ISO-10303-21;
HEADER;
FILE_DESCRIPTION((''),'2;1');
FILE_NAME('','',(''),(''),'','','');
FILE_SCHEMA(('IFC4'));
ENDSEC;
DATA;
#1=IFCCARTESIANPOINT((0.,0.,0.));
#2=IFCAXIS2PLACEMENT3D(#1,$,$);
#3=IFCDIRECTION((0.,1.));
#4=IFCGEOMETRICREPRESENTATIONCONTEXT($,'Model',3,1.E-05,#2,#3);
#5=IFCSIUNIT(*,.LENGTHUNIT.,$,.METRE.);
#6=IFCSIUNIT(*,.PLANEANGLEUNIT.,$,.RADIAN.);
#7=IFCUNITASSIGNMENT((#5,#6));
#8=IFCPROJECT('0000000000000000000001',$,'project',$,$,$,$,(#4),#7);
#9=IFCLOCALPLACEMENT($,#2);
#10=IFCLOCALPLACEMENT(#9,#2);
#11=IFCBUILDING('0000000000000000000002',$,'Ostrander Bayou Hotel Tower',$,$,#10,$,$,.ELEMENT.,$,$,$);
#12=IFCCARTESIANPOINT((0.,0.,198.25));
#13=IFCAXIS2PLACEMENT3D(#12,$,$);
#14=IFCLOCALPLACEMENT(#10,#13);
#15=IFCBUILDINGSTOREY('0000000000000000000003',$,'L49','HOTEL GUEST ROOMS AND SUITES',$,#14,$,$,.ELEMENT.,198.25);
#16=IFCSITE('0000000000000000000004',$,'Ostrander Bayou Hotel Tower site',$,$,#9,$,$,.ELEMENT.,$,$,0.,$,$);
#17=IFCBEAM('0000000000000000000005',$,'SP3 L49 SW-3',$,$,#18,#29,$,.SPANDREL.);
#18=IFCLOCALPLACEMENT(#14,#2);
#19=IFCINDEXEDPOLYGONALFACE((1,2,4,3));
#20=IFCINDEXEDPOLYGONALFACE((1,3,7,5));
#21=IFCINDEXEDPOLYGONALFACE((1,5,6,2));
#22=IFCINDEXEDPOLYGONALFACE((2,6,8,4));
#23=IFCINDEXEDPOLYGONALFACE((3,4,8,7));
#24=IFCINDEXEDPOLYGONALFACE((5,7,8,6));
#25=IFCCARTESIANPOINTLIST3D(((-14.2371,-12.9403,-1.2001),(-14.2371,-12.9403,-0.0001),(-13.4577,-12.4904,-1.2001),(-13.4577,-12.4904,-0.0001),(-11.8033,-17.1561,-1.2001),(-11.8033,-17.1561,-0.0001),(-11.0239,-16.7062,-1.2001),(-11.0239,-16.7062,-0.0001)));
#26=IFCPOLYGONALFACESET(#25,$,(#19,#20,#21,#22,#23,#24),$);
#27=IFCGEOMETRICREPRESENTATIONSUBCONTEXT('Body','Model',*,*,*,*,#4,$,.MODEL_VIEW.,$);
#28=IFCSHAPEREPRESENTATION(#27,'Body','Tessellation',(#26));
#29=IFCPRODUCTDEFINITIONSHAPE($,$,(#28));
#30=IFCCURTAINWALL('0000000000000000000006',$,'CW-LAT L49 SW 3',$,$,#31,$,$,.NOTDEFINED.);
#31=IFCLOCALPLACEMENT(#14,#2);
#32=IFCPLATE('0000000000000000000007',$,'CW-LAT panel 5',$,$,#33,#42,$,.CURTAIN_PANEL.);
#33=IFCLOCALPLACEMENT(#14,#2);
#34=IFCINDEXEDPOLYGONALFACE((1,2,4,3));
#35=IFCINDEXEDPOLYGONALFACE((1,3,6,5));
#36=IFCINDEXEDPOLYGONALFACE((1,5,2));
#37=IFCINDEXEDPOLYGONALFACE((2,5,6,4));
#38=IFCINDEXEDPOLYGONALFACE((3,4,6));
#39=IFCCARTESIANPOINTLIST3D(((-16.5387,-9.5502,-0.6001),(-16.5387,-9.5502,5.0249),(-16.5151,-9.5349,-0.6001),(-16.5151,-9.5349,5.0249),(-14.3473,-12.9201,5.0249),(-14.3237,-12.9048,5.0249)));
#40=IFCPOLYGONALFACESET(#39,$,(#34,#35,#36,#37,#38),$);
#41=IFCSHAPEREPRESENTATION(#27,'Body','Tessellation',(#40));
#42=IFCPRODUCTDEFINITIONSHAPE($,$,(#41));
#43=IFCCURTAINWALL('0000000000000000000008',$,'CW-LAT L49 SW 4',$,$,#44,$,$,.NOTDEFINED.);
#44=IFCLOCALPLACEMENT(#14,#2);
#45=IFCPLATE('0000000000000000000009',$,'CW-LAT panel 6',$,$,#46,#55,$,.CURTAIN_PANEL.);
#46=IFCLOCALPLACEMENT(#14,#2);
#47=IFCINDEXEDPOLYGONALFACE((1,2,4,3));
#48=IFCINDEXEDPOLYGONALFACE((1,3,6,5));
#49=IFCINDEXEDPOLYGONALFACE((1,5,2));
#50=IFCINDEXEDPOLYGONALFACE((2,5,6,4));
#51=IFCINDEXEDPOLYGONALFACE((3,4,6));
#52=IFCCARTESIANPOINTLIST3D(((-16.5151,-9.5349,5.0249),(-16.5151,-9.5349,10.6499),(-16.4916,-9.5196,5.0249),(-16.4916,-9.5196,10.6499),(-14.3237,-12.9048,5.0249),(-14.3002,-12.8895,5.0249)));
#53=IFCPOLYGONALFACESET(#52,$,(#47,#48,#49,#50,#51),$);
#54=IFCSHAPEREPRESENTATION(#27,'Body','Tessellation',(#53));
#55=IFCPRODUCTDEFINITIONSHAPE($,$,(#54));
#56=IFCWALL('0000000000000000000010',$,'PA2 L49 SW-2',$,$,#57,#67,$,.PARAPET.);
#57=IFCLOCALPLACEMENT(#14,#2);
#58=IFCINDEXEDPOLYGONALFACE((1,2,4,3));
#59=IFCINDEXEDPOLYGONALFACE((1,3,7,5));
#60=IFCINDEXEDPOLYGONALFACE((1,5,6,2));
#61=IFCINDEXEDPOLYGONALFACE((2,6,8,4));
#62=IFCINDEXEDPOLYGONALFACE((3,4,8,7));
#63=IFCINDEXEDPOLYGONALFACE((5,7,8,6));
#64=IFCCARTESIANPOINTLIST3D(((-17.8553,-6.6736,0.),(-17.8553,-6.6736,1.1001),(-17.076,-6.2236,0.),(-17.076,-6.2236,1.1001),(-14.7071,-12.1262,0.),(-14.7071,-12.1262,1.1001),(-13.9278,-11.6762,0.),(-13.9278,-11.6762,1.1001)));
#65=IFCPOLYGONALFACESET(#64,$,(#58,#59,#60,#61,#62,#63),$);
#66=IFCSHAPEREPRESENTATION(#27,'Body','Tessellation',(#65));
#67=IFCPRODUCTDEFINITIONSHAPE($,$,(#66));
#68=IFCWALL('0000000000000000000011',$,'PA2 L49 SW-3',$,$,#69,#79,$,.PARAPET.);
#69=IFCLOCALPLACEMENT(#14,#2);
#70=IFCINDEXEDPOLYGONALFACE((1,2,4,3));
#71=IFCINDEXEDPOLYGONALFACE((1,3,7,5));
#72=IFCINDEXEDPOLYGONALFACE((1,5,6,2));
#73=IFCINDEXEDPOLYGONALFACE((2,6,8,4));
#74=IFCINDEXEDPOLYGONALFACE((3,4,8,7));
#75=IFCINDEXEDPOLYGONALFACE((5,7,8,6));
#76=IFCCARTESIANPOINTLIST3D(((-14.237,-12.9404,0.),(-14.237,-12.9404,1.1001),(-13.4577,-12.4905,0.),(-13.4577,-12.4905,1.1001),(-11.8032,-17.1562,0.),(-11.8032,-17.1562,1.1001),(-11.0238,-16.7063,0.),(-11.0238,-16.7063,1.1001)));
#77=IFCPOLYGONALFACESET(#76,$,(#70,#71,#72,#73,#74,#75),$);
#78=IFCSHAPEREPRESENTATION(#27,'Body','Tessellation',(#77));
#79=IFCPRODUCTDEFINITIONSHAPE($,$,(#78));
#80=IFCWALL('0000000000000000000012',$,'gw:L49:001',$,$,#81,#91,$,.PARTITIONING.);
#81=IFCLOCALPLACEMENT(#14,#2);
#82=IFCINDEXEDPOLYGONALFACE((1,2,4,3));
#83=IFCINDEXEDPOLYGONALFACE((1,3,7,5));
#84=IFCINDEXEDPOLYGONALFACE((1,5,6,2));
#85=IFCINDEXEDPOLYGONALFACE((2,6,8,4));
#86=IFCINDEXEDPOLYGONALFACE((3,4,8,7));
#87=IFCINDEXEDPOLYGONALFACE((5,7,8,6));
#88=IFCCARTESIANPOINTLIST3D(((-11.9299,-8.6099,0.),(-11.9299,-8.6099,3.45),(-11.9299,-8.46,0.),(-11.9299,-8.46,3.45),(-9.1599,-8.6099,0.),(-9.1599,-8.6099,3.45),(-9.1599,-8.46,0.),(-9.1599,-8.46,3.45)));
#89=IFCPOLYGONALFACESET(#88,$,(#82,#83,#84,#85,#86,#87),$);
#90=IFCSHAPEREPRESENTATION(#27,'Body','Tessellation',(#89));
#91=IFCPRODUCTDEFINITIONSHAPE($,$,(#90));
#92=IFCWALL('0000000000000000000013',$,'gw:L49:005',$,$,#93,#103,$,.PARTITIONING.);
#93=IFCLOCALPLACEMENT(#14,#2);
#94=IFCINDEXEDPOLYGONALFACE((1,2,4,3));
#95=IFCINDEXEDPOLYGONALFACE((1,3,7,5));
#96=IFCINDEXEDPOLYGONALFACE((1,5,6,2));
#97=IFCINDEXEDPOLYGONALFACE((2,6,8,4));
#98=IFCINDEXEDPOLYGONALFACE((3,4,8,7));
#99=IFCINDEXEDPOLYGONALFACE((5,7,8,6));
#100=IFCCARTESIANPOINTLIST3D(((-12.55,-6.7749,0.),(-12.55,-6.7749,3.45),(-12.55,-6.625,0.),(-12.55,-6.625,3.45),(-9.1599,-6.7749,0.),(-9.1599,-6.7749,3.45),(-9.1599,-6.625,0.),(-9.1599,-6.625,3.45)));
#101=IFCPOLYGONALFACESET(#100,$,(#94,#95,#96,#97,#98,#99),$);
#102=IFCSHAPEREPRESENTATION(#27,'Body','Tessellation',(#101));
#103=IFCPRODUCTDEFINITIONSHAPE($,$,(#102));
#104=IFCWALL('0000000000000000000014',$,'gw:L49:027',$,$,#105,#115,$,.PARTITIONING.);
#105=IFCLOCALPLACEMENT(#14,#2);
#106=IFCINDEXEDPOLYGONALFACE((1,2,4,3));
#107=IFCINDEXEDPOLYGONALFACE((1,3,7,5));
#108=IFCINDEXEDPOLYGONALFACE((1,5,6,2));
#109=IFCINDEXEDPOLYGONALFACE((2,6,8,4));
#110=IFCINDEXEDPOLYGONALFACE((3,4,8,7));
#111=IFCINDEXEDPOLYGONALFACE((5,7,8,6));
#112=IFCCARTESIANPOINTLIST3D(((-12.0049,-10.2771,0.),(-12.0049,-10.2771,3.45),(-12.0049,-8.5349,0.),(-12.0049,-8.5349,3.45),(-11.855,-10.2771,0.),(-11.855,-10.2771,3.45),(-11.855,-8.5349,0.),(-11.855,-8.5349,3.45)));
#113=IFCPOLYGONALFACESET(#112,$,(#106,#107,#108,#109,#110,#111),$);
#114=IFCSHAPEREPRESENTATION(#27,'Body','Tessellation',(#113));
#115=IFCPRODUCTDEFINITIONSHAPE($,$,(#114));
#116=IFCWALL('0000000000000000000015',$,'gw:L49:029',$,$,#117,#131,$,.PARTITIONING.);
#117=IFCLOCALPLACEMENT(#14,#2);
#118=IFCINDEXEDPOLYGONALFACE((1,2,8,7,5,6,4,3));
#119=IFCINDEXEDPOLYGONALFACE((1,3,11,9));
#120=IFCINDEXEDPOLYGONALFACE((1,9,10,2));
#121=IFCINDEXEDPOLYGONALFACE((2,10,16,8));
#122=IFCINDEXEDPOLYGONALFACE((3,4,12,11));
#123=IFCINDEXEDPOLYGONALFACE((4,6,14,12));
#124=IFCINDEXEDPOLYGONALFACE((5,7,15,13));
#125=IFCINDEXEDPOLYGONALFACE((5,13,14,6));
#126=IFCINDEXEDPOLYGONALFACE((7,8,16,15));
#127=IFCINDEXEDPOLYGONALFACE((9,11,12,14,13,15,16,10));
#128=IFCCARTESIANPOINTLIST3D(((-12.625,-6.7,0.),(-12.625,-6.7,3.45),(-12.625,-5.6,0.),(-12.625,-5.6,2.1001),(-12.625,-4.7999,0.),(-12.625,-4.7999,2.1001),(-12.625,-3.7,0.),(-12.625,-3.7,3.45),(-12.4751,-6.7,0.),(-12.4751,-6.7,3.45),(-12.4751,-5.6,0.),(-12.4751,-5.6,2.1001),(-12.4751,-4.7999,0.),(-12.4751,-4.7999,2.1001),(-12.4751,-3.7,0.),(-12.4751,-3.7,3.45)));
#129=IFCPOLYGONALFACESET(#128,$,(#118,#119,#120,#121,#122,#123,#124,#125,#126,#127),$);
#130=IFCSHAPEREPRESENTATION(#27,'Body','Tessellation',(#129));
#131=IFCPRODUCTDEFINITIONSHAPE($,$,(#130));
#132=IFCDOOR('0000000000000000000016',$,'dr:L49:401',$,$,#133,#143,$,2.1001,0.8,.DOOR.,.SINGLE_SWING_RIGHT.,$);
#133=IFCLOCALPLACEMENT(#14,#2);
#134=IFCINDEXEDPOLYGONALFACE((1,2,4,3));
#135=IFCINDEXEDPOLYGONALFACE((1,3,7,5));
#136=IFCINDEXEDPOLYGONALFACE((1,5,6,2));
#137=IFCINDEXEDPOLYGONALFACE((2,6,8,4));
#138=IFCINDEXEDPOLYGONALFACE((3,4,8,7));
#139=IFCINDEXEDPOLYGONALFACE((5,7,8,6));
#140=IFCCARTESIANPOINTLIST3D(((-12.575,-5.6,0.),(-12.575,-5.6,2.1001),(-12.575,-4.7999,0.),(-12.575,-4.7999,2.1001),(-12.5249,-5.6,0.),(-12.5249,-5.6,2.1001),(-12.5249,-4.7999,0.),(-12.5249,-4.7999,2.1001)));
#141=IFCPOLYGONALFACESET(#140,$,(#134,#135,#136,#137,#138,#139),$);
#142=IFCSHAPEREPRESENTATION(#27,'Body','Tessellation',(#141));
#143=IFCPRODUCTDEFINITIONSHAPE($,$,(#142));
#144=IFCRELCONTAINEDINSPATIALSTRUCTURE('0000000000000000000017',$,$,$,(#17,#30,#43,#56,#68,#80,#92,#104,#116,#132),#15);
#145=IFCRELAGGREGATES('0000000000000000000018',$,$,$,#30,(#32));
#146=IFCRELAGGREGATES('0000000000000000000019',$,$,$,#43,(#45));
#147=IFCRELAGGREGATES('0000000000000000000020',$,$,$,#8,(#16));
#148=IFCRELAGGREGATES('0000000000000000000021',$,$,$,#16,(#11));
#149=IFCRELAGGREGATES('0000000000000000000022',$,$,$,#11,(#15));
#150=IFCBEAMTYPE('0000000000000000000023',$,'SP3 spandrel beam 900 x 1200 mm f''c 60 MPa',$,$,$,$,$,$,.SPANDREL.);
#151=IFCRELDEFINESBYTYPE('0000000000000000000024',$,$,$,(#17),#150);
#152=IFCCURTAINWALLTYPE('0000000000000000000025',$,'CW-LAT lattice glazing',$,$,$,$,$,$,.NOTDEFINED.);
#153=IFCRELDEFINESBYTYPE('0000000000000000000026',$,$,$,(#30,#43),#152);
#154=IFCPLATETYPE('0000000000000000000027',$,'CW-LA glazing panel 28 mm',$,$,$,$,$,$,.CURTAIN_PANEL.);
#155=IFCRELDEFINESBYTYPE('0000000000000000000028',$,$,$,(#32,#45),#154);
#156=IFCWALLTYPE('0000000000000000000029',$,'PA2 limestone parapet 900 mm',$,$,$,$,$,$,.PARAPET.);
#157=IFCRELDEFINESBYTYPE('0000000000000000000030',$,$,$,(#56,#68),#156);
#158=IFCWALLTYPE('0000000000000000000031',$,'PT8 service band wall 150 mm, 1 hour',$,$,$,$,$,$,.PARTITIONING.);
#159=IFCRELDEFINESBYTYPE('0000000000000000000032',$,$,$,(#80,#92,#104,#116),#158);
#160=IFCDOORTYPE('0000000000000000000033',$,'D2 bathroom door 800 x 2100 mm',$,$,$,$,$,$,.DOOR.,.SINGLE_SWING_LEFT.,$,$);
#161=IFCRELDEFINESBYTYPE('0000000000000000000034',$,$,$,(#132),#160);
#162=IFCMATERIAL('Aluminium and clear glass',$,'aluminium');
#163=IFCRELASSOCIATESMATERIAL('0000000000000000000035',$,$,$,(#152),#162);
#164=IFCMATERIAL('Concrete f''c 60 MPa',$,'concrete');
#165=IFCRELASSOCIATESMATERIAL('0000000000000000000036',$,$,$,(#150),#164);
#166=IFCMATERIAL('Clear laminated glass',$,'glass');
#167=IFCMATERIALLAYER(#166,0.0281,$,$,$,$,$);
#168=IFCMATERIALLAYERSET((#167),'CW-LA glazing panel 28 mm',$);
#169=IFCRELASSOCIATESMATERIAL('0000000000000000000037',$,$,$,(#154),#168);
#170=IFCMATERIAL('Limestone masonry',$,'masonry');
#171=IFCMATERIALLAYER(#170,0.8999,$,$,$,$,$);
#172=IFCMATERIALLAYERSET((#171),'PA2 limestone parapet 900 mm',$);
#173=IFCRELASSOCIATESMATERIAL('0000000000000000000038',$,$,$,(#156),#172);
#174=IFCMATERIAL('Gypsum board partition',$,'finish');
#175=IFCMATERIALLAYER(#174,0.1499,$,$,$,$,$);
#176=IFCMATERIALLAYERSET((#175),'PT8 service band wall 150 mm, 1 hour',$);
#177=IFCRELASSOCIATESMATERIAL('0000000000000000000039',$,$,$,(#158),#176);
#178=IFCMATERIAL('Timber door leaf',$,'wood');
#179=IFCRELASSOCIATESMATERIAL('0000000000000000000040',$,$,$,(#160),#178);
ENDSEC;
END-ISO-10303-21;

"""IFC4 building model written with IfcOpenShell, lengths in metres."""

from ifc_helpers import new_model, si_unit, direction, frame, frame_2d, origin, origin_2d, place, context, subcontext, project, spatial, polyline, rectangle, outline, extrude, material, layer, layer_set, material_profile, profile_set, type_object, element, fill, aggregate, save


model = new_model("IFC4")

# Units and contexts
model_context = context("Model", 3, precision=1e-05, world=origin(), true_north=direction((0.0, 1.0)))
body_context = subcontext(model_context, "Body", "Model", "MODEL_VIEW")
ifc_project = project(units=[si_unit("LENGTHUNIT", "METRE"), si_unit("PLANEANGLEUNIT", "RADIAN")], contexts=[model_context])

# Site, building, storey
site_placement = place(None, origin())
site = spatial("IfcSite", under=ifc_project, at=site_placement, Name="Ostrander Bayou Hotel Tower site", CompositionType="ELEMENT", RefElevation=0.0)
building_placement = place(site_placement, origin())
building = spatial("IfcBuilding", under=site, at=building_placement, Name="Ostrander Bayou Hotel Tower", CompositionType="ELEMENT")
storey_placement = place(building_placement, frame((0.0, 0.0, 198.25)))
storey = spatial("IfcBuildingStorey", under=building, at=storey_placement, Name="L49", Description="HOTEL GUEST ROOMS AND SUITES", CompositionType="ELEMENT", Elevation=198.25)

# Shared definitions
ifc_material_1 = material(Name="Aluminium and clear glass", Category="aluminium")
curtain_wall_type_1 = type_object("IfcCurtainWallType", Name="CW-LAT lattice glazing", PredefinedType="NOTDEFINED", material=ifc_material_1)

# Beam
ifc_material_2 = material(Name="Concrete f'c 60 MPa", Category="concrete")
ifc_material_profile_1 = material_profile(ifc_material_2, rectangle(XDim=0.8999, YDim=1.2, at=origin_2d()))
ifc_profile_set_1 = profile_set([ifc_material_profile_1], Name="Concrete f'c 60 MPa")
beam_type_1 = type_object("IfcBeamType", Name="SP3 spandrel beam 900 x 1200 mm f'c 60 MPa", PredefinedType="SPANDREL", material=ifc_profile_set_1)
beam_1_placement = place(storey_placement, frame((-13.8474, -12.7153, -0.6001), z_axis=(0.499974, -0.86604, 0.0), x_axis=(0.86604, 0.499974, 0.0)))
element("IfcBeam", 1, at=beam_1_placement, inside=storey, type_object=beam_type_1, Name="SP3 L49 SW-3", PredefinedType="SPANDREL", context=body_context, shape_type="SweptSolid", body=[
    extrude(rectangle(XDim=0.8999, YDim=1.2, at=origin_2d()), origin(), (0.0, 0.0, 1.0), 4.8679),
])

# Curtain walls, plates
curtain_wall_1_placement = place(storey_placement, origin())
curtain_wall_1 = element("IfcCurtainWall", 2, at=curtain_wall_1_placement, inside=storey, type_object=curtain_wall_type_1, Name="CW-LAT L49 SW 3", PredefinedType="NOTDEFINED")
ifc_material_3 = material(Name="Clear laminated glass", Category="glass")
ifc_layer_1 = layer(ifc_material_3, 0.0281)
ifc_layer_set_1 = layer_set([ifc_layer_1], Name="CW-LA glazing panel 28 mm")
plate_type = type_object("IfcPlateType", Name="CW-LA glazing panel 28 mm", PredefinedType="CURTAIN_PANEL", material=ifc_layer_set_1)
plate_1_placement = place(storey_placement, frame((-14.3237, -12.9048, 5.0249), z_axis=(0.838331, 0.545161, 0.0), x_axis=(-0.316967, 0.487421, -0.813605)))
plate_1 = element("IfcPlate", 3, at=plate_1_placement, type_object=plate_type, Name="CW-LAT panel 5", PredefinedType="CURTAIN_PANEL", context=body_context, shape_type="SweptSolid", body=[
    extrude(outline(polyline([(0.0, 0.0), (6.9137, 0.0), (2.3372, 3.2705), (0.0, 0.0)])), origin(), (0.0, 0.0, -1.0), 0.0281),
])
aggregate(curtain_wall_1, [plate_1])
curtain_wall_2_placement = place(storey_placement, origin())
curtain_wall_2 = element("IfcCurtainWall", 4, at=curtain_wall_2_placement, inside=storey, type_object=curtain_wall_type_1, Name="CW-LAT L49 SW 4", PredefinedType="NOTDEFINED")
plate_2_placement = place(storey_placement, frame((-14.3237, -12.9048, 5.0249), z_axis=(-0.838331, -0.545161, 0.0), x_axis=(-0.316967, 0.487421, 0.813605)))
plate_2 = element("IfcPlate", 5, at=plate_2_placement, type_object=plate_type, Name="CW-LAT panel 6", PredefinedType="CURTAIN_PANEL", context=body_context, shape_type="SweptSolid", body=[
    extrude(outline(polyline([(0.0, 0.0), (6.9137, 0.0), (2.3372, 3.2705), (0.0, 0.0)])), origin(), (0.0, 0.0, -1.0), 0.0281),
])
aggregate(curtain_wall_2, [plate_2])

# Walls
ifc_material_4 = material(Name="Limestone masonry", Category="masonry")
ifc_layer_2 = layer(ifc_material_4, 0.8999)
ifc_layer_set_2 = layer_set([ifc_layer_2], Name="PA2 limestone parapet 900 mm")
wall_type_1 = type_object("IfcWallType", Name="PA2 limestone parapet 900 mm", PredefinedType="PARAPET", material=ifc_layer_set_2)
wall_1_placement = place(storey_placement, frame((-17.4656, -6.4487, 0.0), z_axis=(0.0, 0.0, 1.0), x_axis=(0.500013, -0.866018, 0.0)))
element("IfcWall", 6, at=wall_1_placement, inside=storey, type_object=wall_type_1, Name="PA2 L49 SW-2", PredefinedType="PARAPET", context=body_context, shape_type="SweptSolid", body=[
    extrude(rectangle(XDim=6.2961, YDim=0.8999, at=frame_2d((3.1479, 0.0))), origin(), (0.0, 0.0, 1.0), 1.1001),
])
wall_2_placement = place(storey_placement, frame((-13.8474, -12.7153, 0.0), z_axis=(0.0, 0.0, 1.0), x_axis=(0.499974, -0.86604, 0.0)))
element("IfcWall", 7, at=wall_2_placement, inside=storey, type_object=wall_type_1, Name="PA2 L49 SW-3", PredefinedType="PARAPET", context=body_context, shape_type="SweptSolid", body=[
    extrude(rectangle(XDim=4.8679, YDim=0.8999, at=frame_2d((2.4341, 0.0))), origin(), (0.0, 0.0, 1.0), 1.1001),
])
ifc_material_5 = material(Name="Gypsum board partition", Category="finish")
ifc_layer_3 = layer(ifc_material_5, 0.1499)
ifc_layer_set_3 = layer_set([ifc_layer_3], Name="PT8 service band wall 150 mm, 1 hour")
wall_type_2 = type_object("IfcWallType", Name="PT8 service band wall 150 mm, 1 hour", PredefinedType="PARTITIONING", material=ifc_layer_set_3)
wall_3_placement = place(storey_placement, frame((-11.9299, -8.5349, 0.0), z_axis=(0.0, 0.0, 1.0), x_axis=(1.0, 0.0, 0.0)))
element("IfcWall", 8, at=wall_3_placement, inside=storey, type_object=wall_type_2, Name="gw:L49:001", PredefinedType="PARTITIONING", context=body_context, shape_type="SweptSolid", body=[
    extrude(rectangle(XDim=2.77, YDim=0.1499, at=frame_2d((1.385, 0.0))), origin(), (0.0, 0.0, 1.0), 3.45),
])
wall_4_placement = place(storey_placement, frame((-12.55, -6.7, 0.0), z_axis=(0.0, 0.0, 1.0), x_axis=(1.0, 0.0, 0.0)))
element("IfcWall", 9, at=wall_4_placement, inside=storey, type_object=wall_type_2, Name="gw:L49:005", PredefinedType="PARTITIONING", context=body_context, shape_type="SweptSolid", body=[
    extrude(rectangle(XDim=3.3901, YDim=0.1499, at=frame_2d((1.6951, 0.0))), origin(), (0.0, 0.0, 1.0), 3.45),
])
wall_5_placement = place(storey_placement, frame((-11.9299, -10.2771, 0.0), z_axis=(0.0, 0.0, 1.0), x_axis=(0.0, 1.0, 0.0)))
element("IfcWall", 10, at=wall_5_placement, inside=storey, type_object=wall_type_2, Name="gw:L49:027", PredefinedType="PARTITIONING", context=body_context, shape_type="SweptSolid", body=[
    extrude(rectangle(XDim=1.7422, YDim=0.1499, at=frame_2d((0.8711, 0.0))), origin(), (0.0, 0.0, 1.0), 3.45),
])

# Wall, opening, door
wall_6_placement = place(storey_placement, frame((-12.55, -6.7, 0.0), z_axis=(0.0, 0.0, 1.0), x_axis=(0.0, 1.0, 0.0)))
wall_6 = element("IfcWall", 11, at=wall_6_placement, inside=storey, type_object=wall_type_2, Name="gw:L49:029", PredefinedType="PARTITIONING", context=body_context, shape_type="SweptSolid", body=[
    extrude(rectangle(XDim=3.0, YDim=0.1499, at=frame_2d((1.5, 0.0))), origin(), (0.0, 0.0, 1.0), 3.45),
])
opening_placement = place(wall_6_placement, frame((1.1001, 0.0, 0.0)))
opening = element("IfcOpeningElement", 12, at=opening_placement, cuts=wall_6, PredefinedType="OPENING", context=body_context, shape_type="SweptSolid", body=[
    extrude(rectangle(XDim=0.8, YDim=2.1001, at=frame_2d((0.3999, 1.05))), frame((0.0, 0.075, 0.0), z_axis=(0.0, -1.0, 0.0), x_axis=(1.0, 0.0, 0.0)), (0.0, 0.0, 1.0), 0.1499),
])
ifc_material_6 = material(Name="Timber door leaf", Category="wood")
door_type = type_object("IfcDoorType", Name="D2 bathroom door 800 x 2100 mm", OperationType="SINGLE_SWING_LEFT", PredefinedType="DOOR", material=ifc_material_6)
door_placement = place(opening_placement, origin())
door = element("IfcDoor", 13, at=door_placement, inside=storey, type_object=door_type, Name="dr:L49:401", OperationType="SINGLE_SWING_RIGHT", OverallHeight=2.1001, OverallWidth=0.8, PredefinedType="DOOR", context=body_context, shape_type="SweptSolid", body=[
    extrude(rectangle(XDim=0.8, YDim=2.1001, at=frame_2d((0.3999, 1.05))), frame((0.0, 0.0249, 0.0), z_axis=(0.0, -1.0, 0.0), x_axis=(1.0, 0.0, 0.0)), (0.0, 0.0, 1.0), 0.05),
])
fill(opening, door)

save(model, "model.ifc")
